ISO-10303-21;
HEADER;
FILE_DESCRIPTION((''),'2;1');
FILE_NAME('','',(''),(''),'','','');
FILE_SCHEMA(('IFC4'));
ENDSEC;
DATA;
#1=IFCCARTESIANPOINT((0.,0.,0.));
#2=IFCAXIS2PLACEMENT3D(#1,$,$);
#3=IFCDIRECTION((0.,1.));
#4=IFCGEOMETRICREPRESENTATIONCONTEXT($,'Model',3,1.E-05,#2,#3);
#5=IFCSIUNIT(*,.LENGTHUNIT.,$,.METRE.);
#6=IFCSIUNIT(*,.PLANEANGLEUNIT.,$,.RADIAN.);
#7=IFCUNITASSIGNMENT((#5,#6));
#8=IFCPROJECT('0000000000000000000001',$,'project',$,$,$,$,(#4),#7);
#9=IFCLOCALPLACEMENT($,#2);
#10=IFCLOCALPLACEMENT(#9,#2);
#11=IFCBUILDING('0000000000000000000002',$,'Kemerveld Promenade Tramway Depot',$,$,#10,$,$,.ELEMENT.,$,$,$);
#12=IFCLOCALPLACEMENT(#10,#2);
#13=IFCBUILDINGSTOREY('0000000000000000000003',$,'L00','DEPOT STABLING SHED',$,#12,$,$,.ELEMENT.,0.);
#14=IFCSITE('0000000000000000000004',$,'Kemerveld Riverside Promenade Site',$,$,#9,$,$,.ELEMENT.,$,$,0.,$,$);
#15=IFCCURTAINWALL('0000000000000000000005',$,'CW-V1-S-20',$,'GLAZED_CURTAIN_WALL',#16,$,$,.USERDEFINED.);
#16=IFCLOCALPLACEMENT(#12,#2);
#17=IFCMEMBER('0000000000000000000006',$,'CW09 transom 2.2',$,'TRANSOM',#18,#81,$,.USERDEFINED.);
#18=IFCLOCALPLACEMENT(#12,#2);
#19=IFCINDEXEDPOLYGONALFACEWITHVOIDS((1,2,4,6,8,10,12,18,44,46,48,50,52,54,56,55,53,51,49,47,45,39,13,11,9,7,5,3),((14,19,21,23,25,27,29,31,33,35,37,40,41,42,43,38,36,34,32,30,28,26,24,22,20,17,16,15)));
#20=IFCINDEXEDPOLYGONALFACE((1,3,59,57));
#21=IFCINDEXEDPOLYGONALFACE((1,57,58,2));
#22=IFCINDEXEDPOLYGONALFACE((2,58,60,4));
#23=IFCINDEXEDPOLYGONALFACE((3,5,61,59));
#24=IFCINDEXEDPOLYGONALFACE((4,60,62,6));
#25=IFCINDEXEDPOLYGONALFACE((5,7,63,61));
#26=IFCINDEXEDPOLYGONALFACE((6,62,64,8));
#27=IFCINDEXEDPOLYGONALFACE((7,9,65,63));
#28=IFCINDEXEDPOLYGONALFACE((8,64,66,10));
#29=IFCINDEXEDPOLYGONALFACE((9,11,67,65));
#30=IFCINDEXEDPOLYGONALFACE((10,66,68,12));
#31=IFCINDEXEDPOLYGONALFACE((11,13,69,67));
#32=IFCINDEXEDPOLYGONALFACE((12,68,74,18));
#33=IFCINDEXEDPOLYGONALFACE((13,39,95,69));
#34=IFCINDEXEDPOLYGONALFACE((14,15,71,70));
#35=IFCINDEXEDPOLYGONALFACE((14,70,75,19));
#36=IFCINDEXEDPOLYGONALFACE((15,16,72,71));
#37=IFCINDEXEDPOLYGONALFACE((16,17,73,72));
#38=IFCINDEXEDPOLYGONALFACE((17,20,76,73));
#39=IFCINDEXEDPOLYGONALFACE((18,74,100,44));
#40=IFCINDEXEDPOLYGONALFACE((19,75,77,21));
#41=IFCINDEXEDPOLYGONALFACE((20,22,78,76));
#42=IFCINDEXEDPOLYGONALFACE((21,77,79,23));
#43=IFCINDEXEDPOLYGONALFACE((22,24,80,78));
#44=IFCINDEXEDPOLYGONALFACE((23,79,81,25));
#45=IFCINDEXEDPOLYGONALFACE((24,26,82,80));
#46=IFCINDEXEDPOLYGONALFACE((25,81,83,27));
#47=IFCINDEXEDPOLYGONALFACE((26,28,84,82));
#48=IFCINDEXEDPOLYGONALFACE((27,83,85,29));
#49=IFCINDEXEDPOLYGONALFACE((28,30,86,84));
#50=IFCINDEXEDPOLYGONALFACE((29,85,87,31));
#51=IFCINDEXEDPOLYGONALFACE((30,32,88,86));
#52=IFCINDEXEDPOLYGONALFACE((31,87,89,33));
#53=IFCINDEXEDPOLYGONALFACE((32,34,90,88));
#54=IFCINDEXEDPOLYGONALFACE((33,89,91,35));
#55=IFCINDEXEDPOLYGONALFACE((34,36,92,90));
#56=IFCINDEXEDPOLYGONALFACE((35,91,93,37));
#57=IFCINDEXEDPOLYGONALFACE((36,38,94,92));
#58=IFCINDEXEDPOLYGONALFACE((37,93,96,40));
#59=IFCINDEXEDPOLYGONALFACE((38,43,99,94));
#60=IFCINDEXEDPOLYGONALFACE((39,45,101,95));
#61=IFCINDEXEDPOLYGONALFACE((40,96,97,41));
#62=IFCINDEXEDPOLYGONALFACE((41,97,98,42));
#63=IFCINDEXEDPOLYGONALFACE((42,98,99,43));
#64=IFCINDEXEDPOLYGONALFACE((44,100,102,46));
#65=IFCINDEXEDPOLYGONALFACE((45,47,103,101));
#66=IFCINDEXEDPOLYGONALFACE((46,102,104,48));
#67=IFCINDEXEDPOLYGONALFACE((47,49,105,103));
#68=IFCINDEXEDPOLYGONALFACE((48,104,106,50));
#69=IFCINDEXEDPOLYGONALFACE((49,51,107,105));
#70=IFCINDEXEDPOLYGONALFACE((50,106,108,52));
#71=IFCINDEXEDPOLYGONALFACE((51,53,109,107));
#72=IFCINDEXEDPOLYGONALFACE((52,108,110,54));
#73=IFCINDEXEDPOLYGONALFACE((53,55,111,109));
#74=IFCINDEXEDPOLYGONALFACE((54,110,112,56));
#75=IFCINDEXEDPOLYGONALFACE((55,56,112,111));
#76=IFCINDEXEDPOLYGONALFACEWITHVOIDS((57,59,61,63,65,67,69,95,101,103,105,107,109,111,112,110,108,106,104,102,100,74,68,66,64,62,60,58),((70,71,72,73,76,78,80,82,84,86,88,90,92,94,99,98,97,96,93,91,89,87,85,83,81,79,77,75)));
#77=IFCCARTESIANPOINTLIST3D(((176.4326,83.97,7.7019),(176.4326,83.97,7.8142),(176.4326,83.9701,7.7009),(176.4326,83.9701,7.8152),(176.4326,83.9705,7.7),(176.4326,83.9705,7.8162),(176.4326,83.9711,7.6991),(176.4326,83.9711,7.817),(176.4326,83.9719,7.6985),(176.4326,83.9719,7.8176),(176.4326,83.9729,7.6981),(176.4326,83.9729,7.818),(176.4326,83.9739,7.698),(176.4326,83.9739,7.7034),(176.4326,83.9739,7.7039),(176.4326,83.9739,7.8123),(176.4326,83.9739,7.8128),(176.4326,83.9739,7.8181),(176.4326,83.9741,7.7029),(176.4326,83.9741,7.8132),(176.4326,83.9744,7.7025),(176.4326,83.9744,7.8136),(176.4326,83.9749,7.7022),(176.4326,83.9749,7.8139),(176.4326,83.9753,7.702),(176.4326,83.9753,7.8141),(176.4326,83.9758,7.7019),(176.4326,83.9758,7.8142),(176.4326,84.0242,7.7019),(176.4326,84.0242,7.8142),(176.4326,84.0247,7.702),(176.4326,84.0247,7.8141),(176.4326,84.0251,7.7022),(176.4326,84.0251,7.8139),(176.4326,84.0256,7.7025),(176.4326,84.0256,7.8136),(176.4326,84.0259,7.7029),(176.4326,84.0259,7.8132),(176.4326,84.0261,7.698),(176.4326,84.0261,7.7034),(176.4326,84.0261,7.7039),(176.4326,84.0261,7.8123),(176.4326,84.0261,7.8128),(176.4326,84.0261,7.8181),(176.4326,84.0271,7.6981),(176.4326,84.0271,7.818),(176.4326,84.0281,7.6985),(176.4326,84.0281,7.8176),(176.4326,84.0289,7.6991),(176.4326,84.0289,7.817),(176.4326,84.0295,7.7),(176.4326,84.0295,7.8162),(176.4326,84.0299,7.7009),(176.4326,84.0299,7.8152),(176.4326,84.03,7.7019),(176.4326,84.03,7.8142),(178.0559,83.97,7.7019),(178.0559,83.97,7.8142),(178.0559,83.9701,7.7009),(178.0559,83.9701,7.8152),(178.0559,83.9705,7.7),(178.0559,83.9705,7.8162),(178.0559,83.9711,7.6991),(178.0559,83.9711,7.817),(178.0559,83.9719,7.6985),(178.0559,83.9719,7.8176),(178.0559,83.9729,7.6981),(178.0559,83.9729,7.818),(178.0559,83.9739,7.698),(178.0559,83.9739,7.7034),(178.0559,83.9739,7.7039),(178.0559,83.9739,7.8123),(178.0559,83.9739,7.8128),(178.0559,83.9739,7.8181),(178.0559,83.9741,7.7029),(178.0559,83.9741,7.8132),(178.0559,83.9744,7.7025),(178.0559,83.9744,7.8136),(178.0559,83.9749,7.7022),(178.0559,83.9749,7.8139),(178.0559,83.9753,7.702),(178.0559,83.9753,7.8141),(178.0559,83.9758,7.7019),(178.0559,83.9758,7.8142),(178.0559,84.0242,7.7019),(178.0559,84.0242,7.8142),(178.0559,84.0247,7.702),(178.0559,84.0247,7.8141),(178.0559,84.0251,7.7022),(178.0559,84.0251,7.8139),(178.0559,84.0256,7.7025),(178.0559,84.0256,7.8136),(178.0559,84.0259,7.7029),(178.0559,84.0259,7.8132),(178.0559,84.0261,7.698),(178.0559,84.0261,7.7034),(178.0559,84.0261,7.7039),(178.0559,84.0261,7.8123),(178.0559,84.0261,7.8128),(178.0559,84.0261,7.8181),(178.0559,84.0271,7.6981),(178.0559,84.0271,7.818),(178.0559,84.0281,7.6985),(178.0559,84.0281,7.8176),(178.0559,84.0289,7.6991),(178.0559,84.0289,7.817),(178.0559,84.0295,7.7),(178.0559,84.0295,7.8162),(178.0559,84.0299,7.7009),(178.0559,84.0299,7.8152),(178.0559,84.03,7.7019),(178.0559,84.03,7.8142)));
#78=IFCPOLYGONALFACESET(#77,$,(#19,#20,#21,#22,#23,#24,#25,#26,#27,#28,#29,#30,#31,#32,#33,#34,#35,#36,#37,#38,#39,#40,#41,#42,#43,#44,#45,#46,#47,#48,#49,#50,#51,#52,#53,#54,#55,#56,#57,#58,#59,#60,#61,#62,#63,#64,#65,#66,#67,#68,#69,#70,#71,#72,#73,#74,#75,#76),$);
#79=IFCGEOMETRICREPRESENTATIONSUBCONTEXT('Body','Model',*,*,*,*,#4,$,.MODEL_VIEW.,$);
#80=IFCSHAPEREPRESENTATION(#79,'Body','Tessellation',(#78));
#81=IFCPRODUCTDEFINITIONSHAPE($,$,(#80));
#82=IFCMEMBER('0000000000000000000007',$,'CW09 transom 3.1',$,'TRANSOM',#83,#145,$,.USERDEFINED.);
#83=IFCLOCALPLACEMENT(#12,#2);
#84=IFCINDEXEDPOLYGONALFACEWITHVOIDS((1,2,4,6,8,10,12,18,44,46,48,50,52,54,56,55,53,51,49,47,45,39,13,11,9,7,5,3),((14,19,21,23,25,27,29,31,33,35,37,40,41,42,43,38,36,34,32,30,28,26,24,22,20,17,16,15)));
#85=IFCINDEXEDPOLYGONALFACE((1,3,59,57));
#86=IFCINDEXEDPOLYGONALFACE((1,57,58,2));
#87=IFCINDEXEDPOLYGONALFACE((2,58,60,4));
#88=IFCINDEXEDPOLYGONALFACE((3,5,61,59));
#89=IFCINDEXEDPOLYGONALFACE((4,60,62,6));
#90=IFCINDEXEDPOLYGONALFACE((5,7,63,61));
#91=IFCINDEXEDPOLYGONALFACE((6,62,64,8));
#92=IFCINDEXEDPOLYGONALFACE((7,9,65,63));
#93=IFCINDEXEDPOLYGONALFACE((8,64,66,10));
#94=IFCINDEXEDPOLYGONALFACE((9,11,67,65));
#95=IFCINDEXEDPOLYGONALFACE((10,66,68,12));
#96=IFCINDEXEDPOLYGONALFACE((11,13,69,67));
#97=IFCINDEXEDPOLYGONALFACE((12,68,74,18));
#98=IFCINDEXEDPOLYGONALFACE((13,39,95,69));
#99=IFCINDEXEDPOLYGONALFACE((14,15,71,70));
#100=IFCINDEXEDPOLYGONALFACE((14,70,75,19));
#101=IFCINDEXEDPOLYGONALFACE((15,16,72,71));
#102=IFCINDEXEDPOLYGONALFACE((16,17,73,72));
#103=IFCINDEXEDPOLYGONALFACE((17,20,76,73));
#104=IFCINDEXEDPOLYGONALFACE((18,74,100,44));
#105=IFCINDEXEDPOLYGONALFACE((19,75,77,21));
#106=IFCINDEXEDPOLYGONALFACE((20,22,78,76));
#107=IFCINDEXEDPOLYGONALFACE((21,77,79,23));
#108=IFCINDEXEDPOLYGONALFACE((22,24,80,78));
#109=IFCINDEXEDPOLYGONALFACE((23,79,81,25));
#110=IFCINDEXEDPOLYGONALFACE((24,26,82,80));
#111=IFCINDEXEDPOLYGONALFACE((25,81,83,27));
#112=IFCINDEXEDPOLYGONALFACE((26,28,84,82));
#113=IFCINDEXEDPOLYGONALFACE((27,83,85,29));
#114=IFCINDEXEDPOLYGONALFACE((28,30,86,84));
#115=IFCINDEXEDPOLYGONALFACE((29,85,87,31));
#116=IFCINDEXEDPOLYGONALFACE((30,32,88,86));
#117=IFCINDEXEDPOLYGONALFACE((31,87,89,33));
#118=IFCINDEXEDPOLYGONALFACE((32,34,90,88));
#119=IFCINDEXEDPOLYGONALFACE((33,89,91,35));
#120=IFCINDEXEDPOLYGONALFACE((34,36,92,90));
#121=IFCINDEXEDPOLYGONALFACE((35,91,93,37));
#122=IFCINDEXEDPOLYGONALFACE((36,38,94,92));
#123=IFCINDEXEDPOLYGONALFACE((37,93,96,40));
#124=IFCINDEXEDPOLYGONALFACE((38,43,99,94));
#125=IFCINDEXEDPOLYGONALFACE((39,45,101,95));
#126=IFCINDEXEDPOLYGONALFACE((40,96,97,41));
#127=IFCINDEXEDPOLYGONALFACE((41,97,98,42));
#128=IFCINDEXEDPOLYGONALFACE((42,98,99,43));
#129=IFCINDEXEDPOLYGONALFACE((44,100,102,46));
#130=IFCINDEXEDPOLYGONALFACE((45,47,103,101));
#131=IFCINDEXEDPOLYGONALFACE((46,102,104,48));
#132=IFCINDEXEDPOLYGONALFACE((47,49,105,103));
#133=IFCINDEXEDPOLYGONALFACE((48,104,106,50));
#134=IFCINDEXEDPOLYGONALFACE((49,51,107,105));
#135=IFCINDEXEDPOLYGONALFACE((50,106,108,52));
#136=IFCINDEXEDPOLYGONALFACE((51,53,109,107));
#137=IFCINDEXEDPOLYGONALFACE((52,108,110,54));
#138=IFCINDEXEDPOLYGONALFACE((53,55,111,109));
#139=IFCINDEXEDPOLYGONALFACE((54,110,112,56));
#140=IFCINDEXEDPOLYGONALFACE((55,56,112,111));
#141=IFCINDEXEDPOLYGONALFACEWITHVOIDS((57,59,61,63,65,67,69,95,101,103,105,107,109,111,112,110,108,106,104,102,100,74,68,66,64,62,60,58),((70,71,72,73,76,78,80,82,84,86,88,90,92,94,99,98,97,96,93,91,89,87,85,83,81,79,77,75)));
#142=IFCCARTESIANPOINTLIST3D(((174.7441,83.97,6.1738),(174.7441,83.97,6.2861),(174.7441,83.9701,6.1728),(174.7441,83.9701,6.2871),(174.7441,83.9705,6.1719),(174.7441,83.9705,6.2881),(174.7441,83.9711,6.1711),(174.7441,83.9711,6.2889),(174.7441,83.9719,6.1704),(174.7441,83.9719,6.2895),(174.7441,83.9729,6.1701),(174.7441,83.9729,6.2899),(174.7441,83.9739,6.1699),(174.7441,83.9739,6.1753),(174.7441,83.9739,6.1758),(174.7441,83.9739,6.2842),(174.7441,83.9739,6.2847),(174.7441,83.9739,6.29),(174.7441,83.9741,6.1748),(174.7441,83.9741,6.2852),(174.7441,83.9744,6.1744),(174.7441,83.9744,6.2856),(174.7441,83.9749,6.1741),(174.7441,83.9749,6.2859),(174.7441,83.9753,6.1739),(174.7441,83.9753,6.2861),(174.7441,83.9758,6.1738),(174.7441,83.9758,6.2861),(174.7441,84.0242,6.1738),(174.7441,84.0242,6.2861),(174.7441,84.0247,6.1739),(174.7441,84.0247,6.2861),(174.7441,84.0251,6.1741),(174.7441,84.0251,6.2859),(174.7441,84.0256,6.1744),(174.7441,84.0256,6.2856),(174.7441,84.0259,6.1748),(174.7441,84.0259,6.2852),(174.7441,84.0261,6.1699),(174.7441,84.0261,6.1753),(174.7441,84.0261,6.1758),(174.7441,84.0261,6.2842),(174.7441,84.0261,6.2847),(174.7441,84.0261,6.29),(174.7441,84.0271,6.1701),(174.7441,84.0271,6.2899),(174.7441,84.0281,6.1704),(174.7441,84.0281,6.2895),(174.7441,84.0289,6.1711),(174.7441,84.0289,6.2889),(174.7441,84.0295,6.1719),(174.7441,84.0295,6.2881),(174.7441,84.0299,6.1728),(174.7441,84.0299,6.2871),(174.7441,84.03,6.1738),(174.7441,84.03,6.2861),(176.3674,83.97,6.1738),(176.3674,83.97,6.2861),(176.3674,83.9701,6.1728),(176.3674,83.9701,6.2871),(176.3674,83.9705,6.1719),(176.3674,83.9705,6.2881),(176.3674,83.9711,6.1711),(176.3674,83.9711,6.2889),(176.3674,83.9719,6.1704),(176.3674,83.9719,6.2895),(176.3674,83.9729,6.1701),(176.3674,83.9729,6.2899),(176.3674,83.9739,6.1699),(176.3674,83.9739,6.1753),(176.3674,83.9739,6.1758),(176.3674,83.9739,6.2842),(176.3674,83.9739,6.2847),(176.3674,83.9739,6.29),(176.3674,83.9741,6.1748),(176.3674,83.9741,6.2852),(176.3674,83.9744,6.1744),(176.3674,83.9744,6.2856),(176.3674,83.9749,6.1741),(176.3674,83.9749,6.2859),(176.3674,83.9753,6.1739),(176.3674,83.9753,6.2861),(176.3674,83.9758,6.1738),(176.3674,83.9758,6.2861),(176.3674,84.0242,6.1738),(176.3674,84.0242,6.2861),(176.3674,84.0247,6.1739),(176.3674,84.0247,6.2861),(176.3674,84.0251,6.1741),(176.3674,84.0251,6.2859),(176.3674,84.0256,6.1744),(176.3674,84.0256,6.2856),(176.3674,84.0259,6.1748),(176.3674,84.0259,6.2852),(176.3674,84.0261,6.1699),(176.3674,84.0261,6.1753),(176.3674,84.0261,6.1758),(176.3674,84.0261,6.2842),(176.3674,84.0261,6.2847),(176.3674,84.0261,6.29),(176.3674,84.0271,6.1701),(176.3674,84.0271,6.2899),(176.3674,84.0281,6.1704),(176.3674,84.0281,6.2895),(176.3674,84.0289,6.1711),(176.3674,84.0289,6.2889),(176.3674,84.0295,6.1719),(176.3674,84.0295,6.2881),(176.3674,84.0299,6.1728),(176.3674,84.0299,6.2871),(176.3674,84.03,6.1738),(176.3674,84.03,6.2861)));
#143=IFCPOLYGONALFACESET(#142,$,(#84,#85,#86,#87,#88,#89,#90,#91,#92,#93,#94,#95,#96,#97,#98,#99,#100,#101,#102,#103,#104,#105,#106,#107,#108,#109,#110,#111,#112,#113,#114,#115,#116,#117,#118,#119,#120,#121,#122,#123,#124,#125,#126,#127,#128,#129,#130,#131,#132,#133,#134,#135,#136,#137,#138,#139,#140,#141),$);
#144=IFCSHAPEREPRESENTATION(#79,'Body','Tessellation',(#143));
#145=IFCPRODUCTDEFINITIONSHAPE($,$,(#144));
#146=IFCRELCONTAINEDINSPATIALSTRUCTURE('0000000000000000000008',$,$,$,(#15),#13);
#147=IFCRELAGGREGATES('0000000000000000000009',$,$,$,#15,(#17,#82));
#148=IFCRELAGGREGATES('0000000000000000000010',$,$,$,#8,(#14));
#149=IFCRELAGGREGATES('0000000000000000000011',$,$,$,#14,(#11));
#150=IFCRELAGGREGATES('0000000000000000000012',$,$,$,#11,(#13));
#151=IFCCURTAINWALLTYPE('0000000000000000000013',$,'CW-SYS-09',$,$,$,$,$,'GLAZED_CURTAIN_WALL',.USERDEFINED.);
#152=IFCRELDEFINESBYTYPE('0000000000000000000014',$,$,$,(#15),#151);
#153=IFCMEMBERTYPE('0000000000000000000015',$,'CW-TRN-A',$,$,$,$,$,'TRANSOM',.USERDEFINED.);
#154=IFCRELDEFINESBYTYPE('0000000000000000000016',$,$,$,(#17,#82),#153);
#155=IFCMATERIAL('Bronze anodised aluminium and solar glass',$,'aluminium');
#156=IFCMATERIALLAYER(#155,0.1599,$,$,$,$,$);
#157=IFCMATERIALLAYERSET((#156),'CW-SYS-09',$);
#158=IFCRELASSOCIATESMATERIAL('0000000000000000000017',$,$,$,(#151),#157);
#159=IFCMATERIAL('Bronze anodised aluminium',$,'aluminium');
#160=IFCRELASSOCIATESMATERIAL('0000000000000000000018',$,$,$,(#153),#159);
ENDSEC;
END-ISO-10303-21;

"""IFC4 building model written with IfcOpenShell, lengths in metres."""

from ifc_helpers import new_model, si_unit, direction, frame, origin, origin_2d, place, context, subcontext, project, spatial, hollow_rectangle, extrude, material, layer, layer_set, material_profile, profile_set, type_object, element, aggregate, save


model = new_model("IFC4")

# Units and contexts
model_context = context("Model", 3, precision=1e-05, world=origin(), true_north=direction((0.0, 1.0)))
body_context = subcontext(model_context, "Body", "Model", "MODEL_VIEW")
ifc_project = project(units=[si_unit("LENGTHUNIT", "METRE"), si_unit("PLANEANGLEUNIT", "RADIAN")], contexts=[model_context])

# Site, building, storey
site_placement = place(None, origin())
site = spatial("IfcSite", under=ifc_project, at=site_placement, Name="Kemerveld Riverside Promenade Site", CompositionType="ELEMENT", RefElevation=0.0)
building_placement = place(site_placement, origin())
building = spatial("IfcBuilding", under=site, at=building_placement, Name="Kemerveld Promenade Tramway Depot", CompositionType="ELEMENT")
storey_placement = place(building_placement, origin())
storey = spatial("IfcBuildingStorey", under=building, at=storey_placement, Name="L00", Description="DEPOT STABLING SHED", CompositionType="ELEMENT", Elevation=0.0)

# Curtain wall
ifc_material_1 = material(Name="Bronze anodised aluminium and solar glass", Category="aluminium")
ifc_layer_1 = layer(ifc_material_1, 0.1599)
ifc_layer_set_1 = layer_set([ifc_layer_1], Name="CW-SYS-09")
curtain_wall_type_1 = type_object("IfcCurtainWallType", Name="CW-SYS-09", ElementType="GLAZED_CURTAIN_WALL", PredefinedType="USERDEFINED", material=ifc_layer_set_1)
curtain_wall_1_placement = place(storey_placement, origin())
curtain_wall_1 = element("IfcCurtainWall", 1, at=curtain_wall_1_placement, inside=storey, type_object=curtain_wall_type_1, Name="CW-V1-S-20", ObjectType="GLAZED_CURTAIN_WALL", PredefinedType="USERDEFINED")
ifc_material_2 = material(Name="Bronze anodised aluminium", Category="aluminium")

# Members
ifc_material_profile_1 = material_profile(ifc_material_2, hollow_rectangle(XDim=0.0601, YDim=0.1201, WallThickness=0.0039, InnerFilletRadius=0.002, OuterFilletRadius=0.0039, at=origin_2d()), Name="CW-TRN-120x60")
ifc_profile_set_1 = profile_set([ifc_material_profile_1], Name="Bronze anodised aluminium")
member_type_1 = type_object("IfcMemberType", Name="CW-TRN-A", ElementType="TRANSOM", PredefinedType="USERDEFINED", material=ifc_profile_set_1)
member_1_placement = place(storey_placement, frame((178.0559, 84.0, 7.7581), z_axis=(-1.0, 0.0, 0.0), x_axis=(0.0, -1.0, 0.0)))
member_1 = element("IfcMember", 2, at=member_1_placement, type_object=member_type_1, Name="CW09 transom 2.2", ObjectType="TRANSOM", PredefinedType="USERDEFINED", context=body_context, shape_type="SweptSolid", body=[
    extrude(hollow_rectangle(XDim=0.0601, YDim=0.1201, WallThickness=0.0039, InnerFilletRadius=0.002, OuterFilletRadius=0.0039, at=origin_2d()), origin(), (0.0, 0.0, 1.0), 1.6233),
])
member_2_placement = place(storey_placement, frame((176.3674, 84.0, 6.23), z_axis=(-1.0, 0.0, 0.0), x_axis=(0.0, -1.0, 0.0)))
member_2 = element("IfcMember", 3, at=member_2_placement, type_object=member_type_1, Name="CW09 transom 3.1", ObjectType="TRANSOM", PredefinedType="USERDEFINED", context=body_context, shape_type="SweptSolid", body=[
    extrude(hollow_rectangle(XDim=0.0601, YDim=0.1201, WallThickness=0.0039, InnerFilletRadius=0.002, OuterFilletRadius=0.0039, at=origin_2d()), origin(), (0.0, 0.0, 1.0), 1.6233),
])

aggregate(curtain_wall_1, [member_1, member_2])

save(model, "model.ifc")
